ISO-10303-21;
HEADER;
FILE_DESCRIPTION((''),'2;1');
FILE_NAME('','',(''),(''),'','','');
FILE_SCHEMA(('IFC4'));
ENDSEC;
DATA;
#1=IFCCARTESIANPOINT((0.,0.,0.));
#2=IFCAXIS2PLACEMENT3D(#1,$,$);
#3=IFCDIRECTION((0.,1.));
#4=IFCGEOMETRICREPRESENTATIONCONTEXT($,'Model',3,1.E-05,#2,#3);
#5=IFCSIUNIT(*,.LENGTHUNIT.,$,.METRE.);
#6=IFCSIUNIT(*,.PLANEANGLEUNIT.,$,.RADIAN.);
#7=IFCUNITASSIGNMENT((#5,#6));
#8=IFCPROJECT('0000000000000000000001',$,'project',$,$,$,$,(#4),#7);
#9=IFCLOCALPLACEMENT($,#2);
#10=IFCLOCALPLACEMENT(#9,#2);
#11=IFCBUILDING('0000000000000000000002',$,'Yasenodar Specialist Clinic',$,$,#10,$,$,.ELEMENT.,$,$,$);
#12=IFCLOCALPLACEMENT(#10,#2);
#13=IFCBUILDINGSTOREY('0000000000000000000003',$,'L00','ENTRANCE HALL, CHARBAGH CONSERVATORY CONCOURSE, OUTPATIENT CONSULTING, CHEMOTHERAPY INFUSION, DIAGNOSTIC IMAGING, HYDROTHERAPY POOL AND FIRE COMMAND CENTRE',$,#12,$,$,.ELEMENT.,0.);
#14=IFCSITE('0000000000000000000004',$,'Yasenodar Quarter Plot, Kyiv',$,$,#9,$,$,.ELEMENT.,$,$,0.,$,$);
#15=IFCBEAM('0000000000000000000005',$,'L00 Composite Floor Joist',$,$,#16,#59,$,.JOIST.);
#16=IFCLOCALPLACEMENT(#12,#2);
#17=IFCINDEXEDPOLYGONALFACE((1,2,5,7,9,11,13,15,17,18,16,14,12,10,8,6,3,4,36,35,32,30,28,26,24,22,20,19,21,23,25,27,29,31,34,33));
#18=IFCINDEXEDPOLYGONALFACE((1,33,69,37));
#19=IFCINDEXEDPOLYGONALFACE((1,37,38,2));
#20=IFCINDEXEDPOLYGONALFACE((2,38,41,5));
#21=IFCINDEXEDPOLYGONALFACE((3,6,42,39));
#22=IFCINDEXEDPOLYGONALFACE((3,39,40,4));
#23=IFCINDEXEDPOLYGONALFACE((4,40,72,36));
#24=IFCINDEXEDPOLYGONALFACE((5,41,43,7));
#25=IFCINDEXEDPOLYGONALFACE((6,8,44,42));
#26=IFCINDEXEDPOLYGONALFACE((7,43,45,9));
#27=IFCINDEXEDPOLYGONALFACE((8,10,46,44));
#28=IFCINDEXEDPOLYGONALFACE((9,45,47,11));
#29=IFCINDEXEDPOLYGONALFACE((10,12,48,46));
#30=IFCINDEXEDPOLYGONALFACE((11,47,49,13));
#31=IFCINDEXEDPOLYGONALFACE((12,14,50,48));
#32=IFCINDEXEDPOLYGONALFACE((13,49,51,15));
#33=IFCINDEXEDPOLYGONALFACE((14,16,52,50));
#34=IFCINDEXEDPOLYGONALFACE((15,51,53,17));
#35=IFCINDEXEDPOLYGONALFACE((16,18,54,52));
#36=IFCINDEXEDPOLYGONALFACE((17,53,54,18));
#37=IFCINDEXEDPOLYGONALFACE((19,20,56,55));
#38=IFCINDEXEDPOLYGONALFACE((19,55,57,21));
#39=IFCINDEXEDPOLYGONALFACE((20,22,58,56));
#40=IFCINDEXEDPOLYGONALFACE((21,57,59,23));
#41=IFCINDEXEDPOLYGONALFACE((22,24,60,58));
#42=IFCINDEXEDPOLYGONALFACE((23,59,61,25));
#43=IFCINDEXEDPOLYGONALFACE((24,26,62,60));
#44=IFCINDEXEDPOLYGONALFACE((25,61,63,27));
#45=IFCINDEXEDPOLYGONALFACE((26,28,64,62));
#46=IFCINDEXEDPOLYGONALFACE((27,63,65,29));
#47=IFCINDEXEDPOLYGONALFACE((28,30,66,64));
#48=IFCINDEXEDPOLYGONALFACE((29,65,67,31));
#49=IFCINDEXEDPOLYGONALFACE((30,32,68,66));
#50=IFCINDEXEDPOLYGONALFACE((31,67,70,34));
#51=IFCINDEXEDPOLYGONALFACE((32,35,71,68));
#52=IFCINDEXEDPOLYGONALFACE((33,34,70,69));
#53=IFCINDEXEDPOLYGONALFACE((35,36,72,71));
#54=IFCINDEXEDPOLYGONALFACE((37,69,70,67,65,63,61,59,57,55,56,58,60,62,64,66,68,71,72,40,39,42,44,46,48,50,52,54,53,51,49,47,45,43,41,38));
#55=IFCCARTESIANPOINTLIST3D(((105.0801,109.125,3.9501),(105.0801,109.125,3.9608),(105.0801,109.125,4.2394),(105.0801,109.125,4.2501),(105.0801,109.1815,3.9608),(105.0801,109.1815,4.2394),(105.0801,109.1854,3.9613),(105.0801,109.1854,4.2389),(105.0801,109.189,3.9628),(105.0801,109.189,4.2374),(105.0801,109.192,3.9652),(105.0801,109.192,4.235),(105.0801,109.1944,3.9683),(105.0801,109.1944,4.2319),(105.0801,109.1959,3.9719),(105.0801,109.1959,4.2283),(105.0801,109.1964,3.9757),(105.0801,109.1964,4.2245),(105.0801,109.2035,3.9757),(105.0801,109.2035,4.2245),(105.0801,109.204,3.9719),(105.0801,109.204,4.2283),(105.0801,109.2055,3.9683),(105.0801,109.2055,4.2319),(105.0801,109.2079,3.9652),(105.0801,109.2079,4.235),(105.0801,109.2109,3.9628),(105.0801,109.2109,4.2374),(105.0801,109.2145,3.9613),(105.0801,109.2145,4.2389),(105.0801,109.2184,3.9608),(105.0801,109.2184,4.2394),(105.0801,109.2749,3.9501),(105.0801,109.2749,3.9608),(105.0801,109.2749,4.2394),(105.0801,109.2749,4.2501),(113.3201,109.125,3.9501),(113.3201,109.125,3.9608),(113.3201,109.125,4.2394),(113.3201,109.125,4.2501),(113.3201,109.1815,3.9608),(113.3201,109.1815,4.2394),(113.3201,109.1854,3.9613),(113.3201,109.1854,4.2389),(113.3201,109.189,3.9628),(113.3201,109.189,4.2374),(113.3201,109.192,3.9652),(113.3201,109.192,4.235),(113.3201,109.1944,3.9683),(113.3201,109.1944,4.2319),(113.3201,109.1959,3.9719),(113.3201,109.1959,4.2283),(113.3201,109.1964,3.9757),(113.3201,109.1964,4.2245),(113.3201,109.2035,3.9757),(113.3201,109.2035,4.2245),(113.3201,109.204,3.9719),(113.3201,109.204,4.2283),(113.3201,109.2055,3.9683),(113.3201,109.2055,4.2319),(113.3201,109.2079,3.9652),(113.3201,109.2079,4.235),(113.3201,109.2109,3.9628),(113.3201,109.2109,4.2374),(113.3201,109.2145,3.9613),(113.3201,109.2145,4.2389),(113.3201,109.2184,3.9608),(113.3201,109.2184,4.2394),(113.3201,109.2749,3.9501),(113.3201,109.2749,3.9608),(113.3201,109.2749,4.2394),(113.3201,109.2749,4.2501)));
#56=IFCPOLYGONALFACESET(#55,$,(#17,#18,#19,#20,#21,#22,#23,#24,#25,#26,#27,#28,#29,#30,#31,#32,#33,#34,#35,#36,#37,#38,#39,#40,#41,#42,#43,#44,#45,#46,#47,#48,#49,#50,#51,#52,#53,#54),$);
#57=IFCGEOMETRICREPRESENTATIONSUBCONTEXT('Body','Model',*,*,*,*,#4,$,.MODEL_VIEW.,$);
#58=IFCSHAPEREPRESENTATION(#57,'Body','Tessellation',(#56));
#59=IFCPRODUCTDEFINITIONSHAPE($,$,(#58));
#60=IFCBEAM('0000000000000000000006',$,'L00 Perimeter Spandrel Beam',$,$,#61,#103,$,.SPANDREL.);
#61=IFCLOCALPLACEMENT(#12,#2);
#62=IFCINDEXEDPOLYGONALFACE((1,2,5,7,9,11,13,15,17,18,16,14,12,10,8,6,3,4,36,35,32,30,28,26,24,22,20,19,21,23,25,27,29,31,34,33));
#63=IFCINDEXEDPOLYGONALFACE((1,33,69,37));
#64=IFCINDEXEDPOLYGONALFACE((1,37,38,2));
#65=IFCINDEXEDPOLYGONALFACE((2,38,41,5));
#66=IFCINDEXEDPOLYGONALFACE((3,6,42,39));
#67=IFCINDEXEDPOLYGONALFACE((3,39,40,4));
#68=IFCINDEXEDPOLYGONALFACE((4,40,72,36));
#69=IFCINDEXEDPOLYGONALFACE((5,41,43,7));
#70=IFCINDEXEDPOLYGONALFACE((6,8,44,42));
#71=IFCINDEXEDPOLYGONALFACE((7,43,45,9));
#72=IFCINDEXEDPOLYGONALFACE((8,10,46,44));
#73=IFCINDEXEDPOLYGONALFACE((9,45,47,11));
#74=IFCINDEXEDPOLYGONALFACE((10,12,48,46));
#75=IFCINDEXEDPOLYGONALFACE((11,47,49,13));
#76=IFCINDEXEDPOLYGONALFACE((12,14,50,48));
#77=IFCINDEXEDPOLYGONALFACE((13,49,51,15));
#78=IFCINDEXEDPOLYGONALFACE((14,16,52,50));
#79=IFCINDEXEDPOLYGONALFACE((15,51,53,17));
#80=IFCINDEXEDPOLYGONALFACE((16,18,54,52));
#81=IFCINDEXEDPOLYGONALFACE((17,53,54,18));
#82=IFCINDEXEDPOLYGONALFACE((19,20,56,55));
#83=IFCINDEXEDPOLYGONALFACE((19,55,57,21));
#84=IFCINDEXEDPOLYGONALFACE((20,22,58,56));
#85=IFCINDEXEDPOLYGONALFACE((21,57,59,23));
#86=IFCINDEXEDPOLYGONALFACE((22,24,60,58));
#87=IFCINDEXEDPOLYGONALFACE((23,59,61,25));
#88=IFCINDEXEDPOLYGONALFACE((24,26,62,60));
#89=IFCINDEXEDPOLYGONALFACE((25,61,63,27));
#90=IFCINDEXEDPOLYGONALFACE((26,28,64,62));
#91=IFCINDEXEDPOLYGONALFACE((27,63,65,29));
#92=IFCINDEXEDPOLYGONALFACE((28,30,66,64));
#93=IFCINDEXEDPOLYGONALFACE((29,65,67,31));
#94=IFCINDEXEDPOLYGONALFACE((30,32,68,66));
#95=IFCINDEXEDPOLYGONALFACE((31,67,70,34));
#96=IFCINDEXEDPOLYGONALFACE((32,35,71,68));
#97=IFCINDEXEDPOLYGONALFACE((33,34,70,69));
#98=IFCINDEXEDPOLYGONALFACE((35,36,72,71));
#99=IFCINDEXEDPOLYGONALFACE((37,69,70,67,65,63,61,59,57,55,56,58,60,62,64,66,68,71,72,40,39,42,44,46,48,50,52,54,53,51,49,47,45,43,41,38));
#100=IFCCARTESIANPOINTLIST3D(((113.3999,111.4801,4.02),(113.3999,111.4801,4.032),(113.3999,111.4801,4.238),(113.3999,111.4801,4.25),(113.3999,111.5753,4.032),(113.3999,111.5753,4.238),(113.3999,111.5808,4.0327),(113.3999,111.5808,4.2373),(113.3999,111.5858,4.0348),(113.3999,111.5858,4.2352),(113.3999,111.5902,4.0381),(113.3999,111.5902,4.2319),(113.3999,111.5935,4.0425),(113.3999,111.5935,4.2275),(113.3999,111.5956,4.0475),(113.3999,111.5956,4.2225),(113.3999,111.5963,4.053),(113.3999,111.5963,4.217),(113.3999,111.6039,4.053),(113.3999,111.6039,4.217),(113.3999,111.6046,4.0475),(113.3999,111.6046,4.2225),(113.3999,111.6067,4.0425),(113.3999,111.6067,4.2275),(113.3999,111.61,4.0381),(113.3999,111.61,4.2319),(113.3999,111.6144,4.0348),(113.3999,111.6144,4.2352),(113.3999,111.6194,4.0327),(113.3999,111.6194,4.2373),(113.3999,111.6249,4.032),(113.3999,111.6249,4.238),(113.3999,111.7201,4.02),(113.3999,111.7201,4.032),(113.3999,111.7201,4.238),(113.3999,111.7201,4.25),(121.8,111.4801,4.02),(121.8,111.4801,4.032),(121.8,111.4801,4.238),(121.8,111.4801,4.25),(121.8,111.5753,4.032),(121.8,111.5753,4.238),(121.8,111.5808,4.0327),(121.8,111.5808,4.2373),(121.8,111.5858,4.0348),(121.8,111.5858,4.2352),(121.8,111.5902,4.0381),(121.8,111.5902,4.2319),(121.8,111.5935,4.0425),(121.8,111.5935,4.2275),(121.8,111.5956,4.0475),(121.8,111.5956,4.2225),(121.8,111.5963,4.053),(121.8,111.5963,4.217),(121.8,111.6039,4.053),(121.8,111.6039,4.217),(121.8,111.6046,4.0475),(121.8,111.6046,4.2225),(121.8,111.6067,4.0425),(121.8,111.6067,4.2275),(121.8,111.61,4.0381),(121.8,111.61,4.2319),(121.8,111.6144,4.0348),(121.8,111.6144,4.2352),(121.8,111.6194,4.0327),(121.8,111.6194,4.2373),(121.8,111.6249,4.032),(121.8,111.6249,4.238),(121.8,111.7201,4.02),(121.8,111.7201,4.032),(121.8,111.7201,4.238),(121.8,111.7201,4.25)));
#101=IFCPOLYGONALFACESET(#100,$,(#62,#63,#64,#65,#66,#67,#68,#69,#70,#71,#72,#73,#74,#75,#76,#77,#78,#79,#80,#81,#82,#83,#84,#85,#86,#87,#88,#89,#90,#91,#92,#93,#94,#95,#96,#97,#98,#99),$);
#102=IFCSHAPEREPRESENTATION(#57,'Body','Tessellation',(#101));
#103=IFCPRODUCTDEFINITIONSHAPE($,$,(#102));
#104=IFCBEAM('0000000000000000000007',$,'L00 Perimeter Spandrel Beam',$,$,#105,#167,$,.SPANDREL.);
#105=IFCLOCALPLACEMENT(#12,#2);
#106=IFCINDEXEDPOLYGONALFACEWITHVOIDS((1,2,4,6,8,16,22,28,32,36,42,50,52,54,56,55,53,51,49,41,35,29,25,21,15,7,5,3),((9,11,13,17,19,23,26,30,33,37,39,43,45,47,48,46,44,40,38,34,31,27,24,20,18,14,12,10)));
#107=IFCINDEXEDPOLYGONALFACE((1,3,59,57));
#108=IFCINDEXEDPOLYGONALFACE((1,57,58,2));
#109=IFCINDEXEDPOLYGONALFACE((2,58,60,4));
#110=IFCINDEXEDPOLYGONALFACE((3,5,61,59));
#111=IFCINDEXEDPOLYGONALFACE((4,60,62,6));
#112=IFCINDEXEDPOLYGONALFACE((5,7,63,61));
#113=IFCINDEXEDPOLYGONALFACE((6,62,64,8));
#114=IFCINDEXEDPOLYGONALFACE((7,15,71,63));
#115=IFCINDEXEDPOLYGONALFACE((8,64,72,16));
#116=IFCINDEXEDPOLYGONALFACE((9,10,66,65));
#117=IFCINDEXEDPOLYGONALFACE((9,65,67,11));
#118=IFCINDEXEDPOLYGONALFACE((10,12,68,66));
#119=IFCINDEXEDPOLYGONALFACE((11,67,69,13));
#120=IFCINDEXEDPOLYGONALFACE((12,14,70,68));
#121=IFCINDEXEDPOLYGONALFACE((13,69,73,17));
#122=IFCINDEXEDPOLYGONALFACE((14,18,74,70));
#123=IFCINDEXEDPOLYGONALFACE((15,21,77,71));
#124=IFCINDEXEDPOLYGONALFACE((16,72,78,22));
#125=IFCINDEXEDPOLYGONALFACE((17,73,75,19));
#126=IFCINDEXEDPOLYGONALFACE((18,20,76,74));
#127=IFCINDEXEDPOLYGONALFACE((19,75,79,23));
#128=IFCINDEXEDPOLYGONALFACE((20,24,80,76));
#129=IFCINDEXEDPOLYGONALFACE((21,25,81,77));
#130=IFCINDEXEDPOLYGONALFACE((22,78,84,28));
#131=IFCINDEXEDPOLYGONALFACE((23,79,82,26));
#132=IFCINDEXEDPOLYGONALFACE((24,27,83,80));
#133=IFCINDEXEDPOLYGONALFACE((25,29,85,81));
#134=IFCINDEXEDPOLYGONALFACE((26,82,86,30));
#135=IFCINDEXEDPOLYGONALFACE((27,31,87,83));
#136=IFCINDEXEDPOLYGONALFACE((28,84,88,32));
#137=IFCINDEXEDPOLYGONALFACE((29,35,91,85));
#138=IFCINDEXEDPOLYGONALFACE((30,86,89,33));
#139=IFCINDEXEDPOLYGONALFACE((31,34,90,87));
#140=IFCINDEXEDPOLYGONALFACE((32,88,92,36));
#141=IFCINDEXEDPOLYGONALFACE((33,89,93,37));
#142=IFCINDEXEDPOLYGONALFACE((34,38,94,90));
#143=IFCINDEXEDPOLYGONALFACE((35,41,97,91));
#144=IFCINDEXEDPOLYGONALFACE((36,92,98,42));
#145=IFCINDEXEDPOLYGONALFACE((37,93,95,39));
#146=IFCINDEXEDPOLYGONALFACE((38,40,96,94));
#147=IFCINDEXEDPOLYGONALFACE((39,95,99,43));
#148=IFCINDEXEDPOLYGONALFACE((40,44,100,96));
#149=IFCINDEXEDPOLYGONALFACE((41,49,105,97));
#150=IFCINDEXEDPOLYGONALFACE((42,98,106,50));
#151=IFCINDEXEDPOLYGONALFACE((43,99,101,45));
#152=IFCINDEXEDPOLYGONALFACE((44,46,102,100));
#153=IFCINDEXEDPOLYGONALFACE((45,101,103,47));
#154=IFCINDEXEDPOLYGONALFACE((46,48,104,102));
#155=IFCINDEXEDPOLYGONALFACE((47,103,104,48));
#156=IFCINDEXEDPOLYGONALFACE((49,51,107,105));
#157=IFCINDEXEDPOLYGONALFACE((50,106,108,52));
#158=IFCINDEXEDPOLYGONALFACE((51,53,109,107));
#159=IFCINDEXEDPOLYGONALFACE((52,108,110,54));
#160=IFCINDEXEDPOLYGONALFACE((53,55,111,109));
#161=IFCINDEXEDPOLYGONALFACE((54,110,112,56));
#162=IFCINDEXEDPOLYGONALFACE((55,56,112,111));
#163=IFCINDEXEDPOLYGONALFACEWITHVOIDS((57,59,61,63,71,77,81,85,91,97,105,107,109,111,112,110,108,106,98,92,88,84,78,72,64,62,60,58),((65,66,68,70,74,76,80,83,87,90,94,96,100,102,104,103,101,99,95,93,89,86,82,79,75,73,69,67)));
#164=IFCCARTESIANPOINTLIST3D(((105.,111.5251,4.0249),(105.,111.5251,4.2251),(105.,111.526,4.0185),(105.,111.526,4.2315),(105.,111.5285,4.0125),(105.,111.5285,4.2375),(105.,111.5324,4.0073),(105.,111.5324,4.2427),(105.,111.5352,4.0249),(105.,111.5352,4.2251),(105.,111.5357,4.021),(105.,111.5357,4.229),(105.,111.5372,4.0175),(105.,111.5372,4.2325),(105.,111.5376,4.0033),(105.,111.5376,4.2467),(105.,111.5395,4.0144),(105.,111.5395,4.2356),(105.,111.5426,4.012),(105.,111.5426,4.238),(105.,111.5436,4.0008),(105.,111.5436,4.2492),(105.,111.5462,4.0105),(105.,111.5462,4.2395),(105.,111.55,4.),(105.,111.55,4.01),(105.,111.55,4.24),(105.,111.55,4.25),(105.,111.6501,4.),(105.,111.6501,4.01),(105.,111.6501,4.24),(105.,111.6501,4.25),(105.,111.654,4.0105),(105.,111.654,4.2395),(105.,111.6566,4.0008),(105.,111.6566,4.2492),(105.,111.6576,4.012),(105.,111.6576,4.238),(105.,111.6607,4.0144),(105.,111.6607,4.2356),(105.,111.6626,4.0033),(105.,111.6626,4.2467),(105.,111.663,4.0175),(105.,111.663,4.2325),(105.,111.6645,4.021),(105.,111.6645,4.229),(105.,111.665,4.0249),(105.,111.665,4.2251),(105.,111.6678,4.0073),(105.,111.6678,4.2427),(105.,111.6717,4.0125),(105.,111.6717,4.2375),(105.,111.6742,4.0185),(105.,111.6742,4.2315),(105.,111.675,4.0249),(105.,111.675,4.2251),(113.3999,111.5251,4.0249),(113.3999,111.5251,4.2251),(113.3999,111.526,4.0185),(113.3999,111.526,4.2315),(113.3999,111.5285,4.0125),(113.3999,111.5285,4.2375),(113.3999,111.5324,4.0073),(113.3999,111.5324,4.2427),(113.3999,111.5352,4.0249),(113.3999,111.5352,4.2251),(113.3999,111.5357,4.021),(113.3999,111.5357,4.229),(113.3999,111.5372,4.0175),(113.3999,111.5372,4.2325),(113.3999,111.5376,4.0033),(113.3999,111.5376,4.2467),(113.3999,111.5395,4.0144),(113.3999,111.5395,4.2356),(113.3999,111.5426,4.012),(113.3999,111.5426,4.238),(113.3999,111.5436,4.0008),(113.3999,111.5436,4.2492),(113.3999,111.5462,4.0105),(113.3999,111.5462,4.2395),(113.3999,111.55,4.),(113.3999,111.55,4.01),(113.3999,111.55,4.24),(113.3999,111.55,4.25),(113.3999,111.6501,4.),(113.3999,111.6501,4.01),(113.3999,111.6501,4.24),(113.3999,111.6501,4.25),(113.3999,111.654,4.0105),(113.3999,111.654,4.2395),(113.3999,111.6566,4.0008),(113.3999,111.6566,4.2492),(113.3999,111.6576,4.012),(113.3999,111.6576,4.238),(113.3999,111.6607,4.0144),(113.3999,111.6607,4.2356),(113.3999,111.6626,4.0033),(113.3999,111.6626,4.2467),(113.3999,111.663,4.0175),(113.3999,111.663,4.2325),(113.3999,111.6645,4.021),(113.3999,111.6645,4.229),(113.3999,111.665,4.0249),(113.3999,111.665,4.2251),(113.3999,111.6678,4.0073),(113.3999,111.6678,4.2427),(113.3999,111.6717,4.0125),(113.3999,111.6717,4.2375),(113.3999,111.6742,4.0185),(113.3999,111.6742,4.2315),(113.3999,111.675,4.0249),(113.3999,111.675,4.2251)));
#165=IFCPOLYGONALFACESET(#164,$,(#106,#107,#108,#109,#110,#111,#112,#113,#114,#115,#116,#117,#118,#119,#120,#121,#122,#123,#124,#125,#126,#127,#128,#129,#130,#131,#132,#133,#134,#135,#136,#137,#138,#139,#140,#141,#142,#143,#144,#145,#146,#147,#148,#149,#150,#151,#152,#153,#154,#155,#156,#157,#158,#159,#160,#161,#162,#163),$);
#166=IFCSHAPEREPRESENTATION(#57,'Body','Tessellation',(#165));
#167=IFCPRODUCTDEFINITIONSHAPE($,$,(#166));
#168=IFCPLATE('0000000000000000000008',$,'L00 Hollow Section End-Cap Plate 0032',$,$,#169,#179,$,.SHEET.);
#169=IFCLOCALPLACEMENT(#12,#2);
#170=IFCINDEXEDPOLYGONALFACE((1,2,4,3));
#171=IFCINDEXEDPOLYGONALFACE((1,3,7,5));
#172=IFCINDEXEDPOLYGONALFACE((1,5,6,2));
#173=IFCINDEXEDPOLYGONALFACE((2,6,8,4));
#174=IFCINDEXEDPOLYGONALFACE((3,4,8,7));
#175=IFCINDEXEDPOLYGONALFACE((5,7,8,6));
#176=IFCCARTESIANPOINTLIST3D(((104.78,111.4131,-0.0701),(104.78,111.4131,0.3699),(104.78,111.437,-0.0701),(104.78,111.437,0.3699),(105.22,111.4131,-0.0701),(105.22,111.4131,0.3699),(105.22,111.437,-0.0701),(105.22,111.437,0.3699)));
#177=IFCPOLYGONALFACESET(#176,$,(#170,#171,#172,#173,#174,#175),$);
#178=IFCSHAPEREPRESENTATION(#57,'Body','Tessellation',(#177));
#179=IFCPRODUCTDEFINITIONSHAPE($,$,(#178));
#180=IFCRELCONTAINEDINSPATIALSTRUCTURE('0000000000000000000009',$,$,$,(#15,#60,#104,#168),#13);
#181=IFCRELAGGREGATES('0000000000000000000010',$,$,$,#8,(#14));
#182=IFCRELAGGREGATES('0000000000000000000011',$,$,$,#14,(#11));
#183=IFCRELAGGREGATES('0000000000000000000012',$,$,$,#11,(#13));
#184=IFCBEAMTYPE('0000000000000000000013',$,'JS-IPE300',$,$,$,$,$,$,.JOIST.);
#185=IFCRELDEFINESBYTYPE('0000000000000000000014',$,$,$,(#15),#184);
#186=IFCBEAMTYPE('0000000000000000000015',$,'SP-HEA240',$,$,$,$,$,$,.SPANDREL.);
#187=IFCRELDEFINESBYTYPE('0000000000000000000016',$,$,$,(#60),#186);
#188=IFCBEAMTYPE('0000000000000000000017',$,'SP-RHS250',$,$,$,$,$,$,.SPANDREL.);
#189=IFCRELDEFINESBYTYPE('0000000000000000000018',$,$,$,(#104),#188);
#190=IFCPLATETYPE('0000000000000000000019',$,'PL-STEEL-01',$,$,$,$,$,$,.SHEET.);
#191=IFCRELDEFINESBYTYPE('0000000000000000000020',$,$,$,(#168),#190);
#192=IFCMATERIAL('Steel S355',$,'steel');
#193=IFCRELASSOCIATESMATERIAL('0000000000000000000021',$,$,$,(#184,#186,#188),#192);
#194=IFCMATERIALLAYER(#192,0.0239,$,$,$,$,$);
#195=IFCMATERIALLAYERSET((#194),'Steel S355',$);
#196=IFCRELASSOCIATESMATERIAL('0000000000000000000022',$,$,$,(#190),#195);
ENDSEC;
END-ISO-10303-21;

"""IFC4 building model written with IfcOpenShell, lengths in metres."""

from ifc_helpers import new_model, si_unit, direction, frame, origin, origin_2d, place, context, subcontext, project, spatial, rectangle, hollow_rectangle, i_section, extrude, material, layer, layer_set, material_profile, profile_set, type_object, element, save


model = new_model("IFC4")

# Units and contexts
model_context = context("Model", 3, precision=1e-05, world=origin(), true_north=direction((0.0, 1.0)))
body_context = subcontext(model_context, "Body", "Model", "MODEL_VIEW")
ifc_project = project(units=[si_unit("LENGTHUNIT", "METRE"), si_unit("PLANEANGLEUNIT", "RADIAN")], contexts=[model_context])

# Site, building, storey
site_placement = place(None, origin())
site = spatial("IfcSite", under=ifc_project, at=site_placement, Name="Yasenodar Quarter Plot, Kyiv", CompositionType="ELEMENT", RefElevation=0.0)
building_placement = place(site_placement, origin())
building = spatial("IfcBuilding", under=site, at=building_placement, Name="Yasenodar Specialist Clinic", CompositionType="ELEMENT")
storey_placement = place(building_placement, origin())
storey = spatial("IfcBuildingStorey", under=building, at=storey_placement, Name="L00", Description="ENTRANCE HALL, CHARBAGH CONSERVATORY CONCOURSE, OUTPATIENT CONSULTING, CHEMOTHERAPY INFUSION, DIAGNOSTIC IMAGING, HYDROTHERAPY POOL AND FIRE COMMAND CENTRE", CompositionType="ELEMENT", Elevation=0.0)

# Shared definitions
ifc_material_1 = material(Name="Steel S355", Category="steel")

# Beams
ifc_material_profile_1 = material_profile(ifc_material_1, i_section(OverallWidth=0.1499, OverallDepth=0.3, WebThickness=0.0071, FlangeThickness=0.0107, FilletRadius=0.0149, at=origin_2d()), Name="IPE 300")
ifc_profile_set_1 = profile_set([ifc_material_profile_1], Name="Steel S355")
beam_type_1 = type_object("IfcBeamType", Name="JS-IPE300", PredefinedType="JOIST", material=ifc_profile_set_1)
beam_1_placement = place(storey_placement, frame((105.0801, 109.2, 4.1001), z_axis=(1.0, 0.0, 0.0), x_axis=(0.0, 1.0, 0.0)))
element("IfcBeam", 1, at=beam_1_placement, inside=storey, type_object=beam_type_1, Name="L00 Composite Floor Joist", PredefinedType="JOIST", context=body_context, shape_type="SweptSolid", body=[
    extrude(i_section(OverallWidth=0.1499, OverallDepth=0.3, WebThickness=0.0071, FlangeThickness=0.0107, FilletRadius=0.0149, at=origin_2d()), origin(), (0.0, 0.0, 1.0), 8.24),
])
ifc_material_profile_2 = material_profile(ifc_material_1, i_section(OverallWidth=0.24, OverallDepth=0.23, WebThickness=0.0076, FlangeThickness=0.012, FilletRadius=0.021, at=origin_2d()), Name="HEA 240")
ifc_profile_set_2 = profile_set([ifc_material_profile_2], Name="Steel S355")
beam_type_2 = type_object("IfcBeamType", Name="SP-HEA240", PredefinedType="SPANDREL", material=ifc_profile_set_2)
beam_2_placement = place(storey_placement, frame((113.3999, 111.6001, 4.135), z_axis=(1.0, 0.0, 0.0), x_axis=(0.0, 1.0, 0.0)))
element("IfcBeam", 2, at=beam_2_placement, inside=storey, type_object=beam_type_2, Name="L00 Perimeter Spandrel Beam", PredefinedType="SPANDREL", context=body_context, shape_type="SweptSolid", body=[
    extrude(i_section(OverallWidth=0.24, OverallDepth=0.23, WebThickness=0.0076, FlangeThickness=0.012, FilletRadius=0.021, at=origin_2d()), origin(), (0.0, 0.0, 1.0), 8.4001),
])
ifc_material_profile_3 = material_profile(ifc_material_1, hollow_rectangle(XDim=0.1499, YDim=0.25, WallThickness=0.01, InnerFilletRadius=0.0149, OuterFilletRadius=0.0249, at=origin_2d()), Name="RHS 250x150x10")
ifc_profile_set_3 = profile_set([ifc_material_profile_3], Name="Steel S355")
beam_type_3 = type_object("IfcBeamType", Name="SP-RHS250", PredefinedType="SPANDREL", material=ifc_profile_set_3)
beam_3_placement = place(storey_placement, frame((105.0, 111.6001, 4.125), z_axis=(1.0, 0.0, 0.0), x_axis=(0.0, 1.0, 0.0)))
element("IfcBeam", 3, at=beam_3_placement, inside=storey, type_object=beam_type_3, Name="L00 Perimeter Spandrel Beam", PredefinedType="SPANDREL", context=body_context, shape_type="SweptSolid", body=[
    extrude(hollow_rectangle(XDim=0.1499, YDim=0.25, WallThickness=0.01, InnerFilletRadius=0.0149, OuterFilletRadius=0.0249, at=origin_2d()), origin(), (0.0, 0.0, 1.0), 8.3999),
])

# Plate
ifc_layer_1 = layer(ifc_material_1, 0.0239)
ifc_layer_set_1 = layer_set([ifc_layer_1], Name="Steel S355")
plate_type_1 = type_object("IfcPlateType", Name="PL-STEEL-01", PredefinedType="SHEET", material=ifc_layer_set_1)
plate_1_placement = place(storey_placement, frame((105.0, 111.425, -0.0701), z_axis=(0.0, 0.0, 1.0), x_axis=(1.0, 0.0, 0.0)))
element("IfcPlate", 4, at=plate_1_placement, inside=storey, type_object=plate_type_1, Name="L00 Hollow Section End-Cap Plate 0032", PredefinedType="SHEET", context=body_context, shape_type="SweptSolid", body=[
    extrude(rectangle(XDim=0.4399, YDim=0.0239, at=origin_2d()), origin(), (0.0, 0.0, 1.0), 0.4399),
])

save(model, "model.ifc")
